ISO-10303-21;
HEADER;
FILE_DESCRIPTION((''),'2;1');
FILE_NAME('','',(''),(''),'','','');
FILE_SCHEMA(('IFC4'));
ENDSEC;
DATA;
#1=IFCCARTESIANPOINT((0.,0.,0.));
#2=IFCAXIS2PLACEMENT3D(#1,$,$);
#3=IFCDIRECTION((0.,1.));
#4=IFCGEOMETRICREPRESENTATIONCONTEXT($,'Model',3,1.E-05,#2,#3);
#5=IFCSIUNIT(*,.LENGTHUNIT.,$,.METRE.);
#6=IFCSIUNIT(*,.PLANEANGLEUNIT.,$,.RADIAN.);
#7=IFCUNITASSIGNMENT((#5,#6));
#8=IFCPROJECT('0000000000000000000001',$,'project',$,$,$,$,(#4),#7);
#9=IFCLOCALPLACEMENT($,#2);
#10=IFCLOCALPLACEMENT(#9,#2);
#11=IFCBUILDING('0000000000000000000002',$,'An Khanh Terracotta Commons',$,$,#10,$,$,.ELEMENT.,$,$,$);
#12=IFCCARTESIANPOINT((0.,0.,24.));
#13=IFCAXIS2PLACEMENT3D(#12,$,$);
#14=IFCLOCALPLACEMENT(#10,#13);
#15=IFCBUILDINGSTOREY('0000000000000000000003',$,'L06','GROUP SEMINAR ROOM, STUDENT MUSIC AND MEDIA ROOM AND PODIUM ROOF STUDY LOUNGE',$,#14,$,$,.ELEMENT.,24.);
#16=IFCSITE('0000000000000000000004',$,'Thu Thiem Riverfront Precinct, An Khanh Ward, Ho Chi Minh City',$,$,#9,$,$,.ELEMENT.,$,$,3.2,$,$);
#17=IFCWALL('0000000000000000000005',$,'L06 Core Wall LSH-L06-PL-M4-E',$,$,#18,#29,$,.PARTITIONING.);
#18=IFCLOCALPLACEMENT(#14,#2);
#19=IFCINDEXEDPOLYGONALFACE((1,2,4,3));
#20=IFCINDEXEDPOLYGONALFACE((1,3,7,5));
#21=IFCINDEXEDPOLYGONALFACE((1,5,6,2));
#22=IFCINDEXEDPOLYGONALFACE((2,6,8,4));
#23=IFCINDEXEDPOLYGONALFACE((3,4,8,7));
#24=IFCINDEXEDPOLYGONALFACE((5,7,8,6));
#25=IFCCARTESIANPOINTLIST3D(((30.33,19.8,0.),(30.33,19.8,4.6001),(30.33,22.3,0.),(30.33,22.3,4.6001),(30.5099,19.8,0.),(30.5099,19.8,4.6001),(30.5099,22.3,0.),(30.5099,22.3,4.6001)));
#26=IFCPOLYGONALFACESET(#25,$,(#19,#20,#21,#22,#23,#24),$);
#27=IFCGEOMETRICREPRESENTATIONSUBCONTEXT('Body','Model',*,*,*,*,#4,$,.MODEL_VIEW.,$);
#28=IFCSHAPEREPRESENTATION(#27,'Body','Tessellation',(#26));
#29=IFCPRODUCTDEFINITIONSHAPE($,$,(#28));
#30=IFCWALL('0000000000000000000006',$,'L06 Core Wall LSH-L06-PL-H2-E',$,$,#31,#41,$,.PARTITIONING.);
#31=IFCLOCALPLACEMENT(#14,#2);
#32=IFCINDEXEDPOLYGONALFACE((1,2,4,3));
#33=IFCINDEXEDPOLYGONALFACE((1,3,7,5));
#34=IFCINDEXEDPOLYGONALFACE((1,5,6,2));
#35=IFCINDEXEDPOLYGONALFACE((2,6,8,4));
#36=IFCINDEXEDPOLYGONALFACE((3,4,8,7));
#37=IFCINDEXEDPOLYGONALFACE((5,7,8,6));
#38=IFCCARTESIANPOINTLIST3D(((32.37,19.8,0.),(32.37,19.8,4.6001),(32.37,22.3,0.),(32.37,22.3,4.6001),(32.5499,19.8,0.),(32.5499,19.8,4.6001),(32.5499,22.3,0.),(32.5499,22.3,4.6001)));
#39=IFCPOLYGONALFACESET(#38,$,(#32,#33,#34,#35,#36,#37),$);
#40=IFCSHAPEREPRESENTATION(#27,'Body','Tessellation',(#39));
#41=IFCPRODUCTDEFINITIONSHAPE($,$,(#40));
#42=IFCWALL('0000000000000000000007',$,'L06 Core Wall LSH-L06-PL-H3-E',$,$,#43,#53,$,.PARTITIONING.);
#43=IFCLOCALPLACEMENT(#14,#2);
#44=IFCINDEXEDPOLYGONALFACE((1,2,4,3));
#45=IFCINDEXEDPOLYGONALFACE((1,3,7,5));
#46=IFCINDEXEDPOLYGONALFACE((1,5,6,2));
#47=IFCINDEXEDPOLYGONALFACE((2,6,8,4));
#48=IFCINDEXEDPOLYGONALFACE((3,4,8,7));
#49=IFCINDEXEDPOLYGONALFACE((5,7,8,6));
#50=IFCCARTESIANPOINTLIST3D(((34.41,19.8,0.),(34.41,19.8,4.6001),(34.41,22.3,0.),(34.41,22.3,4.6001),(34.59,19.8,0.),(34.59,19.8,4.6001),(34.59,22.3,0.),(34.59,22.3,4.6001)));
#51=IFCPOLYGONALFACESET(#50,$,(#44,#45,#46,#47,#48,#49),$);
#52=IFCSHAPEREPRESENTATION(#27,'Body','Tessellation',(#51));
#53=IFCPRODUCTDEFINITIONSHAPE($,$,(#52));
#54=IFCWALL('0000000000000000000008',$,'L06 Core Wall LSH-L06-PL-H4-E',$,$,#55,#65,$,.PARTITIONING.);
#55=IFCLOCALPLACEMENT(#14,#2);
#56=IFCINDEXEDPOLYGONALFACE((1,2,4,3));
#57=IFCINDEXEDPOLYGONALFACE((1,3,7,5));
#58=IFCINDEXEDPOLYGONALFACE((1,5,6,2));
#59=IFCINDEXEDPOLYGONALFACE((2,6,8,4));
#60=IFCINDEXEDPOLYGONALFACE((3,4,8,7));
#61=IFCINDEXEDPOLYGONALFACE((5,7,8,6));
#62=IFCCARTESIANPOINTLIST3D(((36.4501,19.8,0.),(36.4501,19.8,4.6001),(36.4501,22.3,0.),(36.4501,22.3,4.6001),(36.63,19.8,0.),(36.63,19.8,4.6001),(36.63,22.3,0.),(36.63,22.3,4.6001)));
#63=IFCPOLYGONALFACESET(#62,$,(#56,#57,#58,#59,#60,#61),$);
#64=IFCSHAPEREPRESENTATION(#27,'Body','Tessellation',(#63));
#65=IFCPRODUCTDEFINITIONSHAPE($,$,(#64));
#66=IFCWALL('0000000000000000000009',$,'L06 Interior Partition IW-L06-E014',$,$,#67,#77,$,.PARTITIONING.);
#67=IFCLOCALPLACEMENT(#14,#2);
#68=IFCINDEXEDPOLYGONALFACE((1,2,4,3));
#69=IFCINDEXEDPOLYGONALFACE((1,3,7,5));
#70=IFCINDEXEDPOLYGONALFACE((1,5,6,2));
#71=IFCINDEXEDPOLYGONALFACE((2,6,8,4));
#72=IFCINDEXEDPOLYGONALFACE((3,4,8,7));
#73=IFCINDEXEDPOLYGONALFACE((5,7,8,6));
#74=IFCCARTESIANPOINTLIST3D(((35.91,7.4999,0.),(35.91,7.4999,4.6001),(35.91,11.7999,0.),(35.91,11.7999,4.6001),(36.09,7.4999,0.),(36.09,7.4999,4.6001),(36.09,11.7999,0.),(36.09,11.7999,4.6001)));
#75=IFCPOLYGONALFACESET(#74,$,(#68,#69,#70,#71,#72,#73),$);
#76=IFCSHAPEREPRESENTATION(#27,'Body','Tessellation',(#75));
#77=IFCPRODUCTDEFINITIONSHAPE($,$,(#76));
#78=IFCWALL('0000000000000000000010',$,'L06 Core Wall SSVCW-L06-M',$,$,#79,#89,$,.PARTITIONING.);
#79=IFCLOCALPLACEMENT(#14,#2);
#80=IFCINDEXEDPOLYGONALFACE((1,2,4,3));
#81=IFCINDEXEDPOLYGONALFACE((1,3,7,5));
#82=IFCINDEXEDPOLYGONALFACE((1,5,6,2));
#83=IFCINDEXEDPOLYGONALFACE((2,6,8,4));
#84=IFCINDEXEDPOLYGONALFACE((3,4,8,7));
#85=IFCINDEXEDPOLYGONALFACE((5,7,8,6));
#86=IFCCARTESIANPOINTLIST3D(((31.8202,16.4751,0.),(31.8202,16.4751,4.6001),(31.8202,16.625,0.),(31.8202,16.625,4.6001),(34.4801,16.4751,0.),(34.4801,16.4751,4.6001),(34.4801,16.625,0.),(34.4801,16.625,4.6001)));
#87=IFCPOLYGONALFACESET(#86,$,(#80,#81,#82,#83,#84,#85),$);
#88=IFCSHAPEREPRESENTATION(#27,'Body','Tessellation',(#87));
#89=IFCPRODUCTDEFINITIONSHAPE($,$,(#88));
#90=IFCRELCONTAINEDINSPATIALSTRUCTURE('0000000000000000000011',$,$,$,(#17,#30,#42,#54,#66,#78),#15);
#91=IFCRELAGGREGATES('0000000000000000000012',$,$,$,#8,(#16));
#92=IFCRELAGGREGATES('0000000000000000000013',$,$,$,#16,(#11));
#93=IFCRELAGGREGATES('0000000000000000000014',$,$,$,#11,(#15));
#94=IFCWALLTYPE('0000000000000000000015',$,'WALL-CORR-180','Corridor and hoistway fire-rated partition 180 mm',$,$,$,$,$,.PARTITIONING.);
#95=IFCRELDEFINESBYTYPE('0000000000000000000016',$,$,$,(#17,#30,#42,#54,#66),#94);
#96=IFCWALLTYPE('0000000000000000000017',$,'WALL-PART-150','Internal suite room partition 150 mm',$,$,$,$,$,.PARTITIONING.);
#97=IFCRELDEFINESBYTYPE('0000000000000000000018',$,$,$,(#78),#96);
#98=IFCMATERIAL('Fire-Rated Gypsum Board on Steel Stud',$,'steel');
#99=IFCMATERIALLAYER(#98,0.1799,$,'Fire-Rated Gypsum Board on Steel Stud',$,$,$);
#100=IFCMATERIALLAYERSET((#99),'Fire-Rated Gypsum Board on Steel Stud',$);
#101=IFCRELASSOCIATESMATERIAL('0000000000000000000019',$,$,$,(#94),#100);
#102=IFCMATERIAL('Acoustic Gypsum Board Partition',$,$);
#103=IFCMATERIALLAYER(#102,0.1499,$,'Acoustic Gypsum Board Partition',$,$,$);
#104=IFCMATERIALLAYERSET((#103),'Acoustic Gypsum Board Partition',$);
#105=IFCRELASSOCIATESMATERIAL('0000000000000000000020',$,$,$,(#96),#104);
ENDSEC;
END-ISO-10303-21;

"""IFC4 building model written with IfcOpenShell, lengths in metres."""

from ifc_helpers import new_model, si_unit, direction, frame, frame_2d, origin, place, context, subcontext, project, spatial, rectangle, extrude, material, layer, layer_set, type_object, element, save


model = new_model("IFC4")

# Units and contexts
model_context = context("Model", 3, precision=1e-05, world=origin(), true_north=direction((0.0, 1.0)))
body_context = subcontext(model_context, "Body", "Model", "MODEL_VIEW")
ifc_project = project(units=[si_unit("LENGTHUNIT", "METRE"), si_unit("PLANEANGLEUNIT", "RADIAN")], contexts=[model_context])

# Site, building, storey
site_placement = place(None, origin())
site = spatial("IfcSite", under=ifc_project, at=site_placement, Name="Thu Thiem Riverfront Precinct, An Khanh Ward, Ho Chi Minh City", CompositionType="ELEMENT", RefElevation=3.2)
building_placement = place(site_placement, origin())
building = spatial("IfcBuilding", under=site, at=building_placement, Name="An Khanh Terracotta Commons", CompositionType="ELEMENT")
storey_placement = place(building_placement, frame((0.0, 0.0, 24.0)))
storey = spatial("IfcBuildingStorey", under=building, at=storey_placement, Name="L06", Description="GROUP SEMINAR ROOM, STUDENT MUSIC AND MEDIA ROOM AND PODIUM ROOF STUDY LOUNGE", CompositionType="ELEMENT", Elevation=24.0)

# Shared definitions
ifc_material_1 = material(Name="Fire-Rated Gypsum Board on Steel Stud", Category="steel")
ifc_layer_1 = layer(ifc_material_1, 0.1799, Name="Fire-Rated Gypsum Board on Steel Stud")
ifc_layer_set_1 = layer_set([ifc_layer_1], Name="Fire-Rated Gypsum Board on Steel Stud")
wall_type_1 = type_object("IfcWallType", Name="WALL-CORR-180", Description="Corridor and hoistway fire-rated partition 180 mm", PredefinedType="PARTITIONING", material=ifc_layer_set_1)

# Walls
for number, where, z_axis, x_axis, name in (
    (1, (30.4199, 19.8, 0.0), (0.0, 0.0, 1.0), (0.0, 1.0, 0.0), "L06 Core Wall LSH-L06-PL-M4-E"),
    (2, (32.46, 19.8, 0.0), (0.0, 0.0, 1.0), (0.0, 1.0, 0.0), "L06 Core Wall LSH-L06-PL-H2-E"),
    (3, (34.5, 19.8, 0.0), (0.0, 0.0, 1.0), (0.0, 1.0, 0.0), "L06 Core Wall LSH-L06-PL-H3-E"),
    (4, (36.54, 19.8, 0.0), (0.0, 0.0, 1.0), (0.0, 1.0, 0.0), "L06 Core Wall LSH-L06-PL-H4-E"),
):
    element("IfcWall", number, at=place(storey_placement, frame(where, z_axis=z_axis, x_axis=x_axis)), inside=storey, type_object=wall_type_1, Name=name, PredefinedType="PARTITIONING", context=body_context, shape_type="SweptSolid", body=[
        extrude(rectangle(XDim=2.5, YDim=0.1799, at=frame_2d((1.25, 0.0))), origin(), (0.0, 0.0, 1.0), 4.6001),
    ])
wall_1_placement = place(storey_placement, frame((36.0, 7.5, 0.0), z_axis=(0.0, 0.0, 1.0), x_axis=(0.0, 1.0, 0.0)))
element("IfcWall", 5, at=wall_1_placement, inside=storey, type_object=wall_type_1, Name="L06 Interior Partition IW-L06-E014", PredefinedType="PARTITIONING", context=body_context, shape_type="SweptSolid", body=[
    extrude(rectangle(XDim=4.3, YDim=0.1799, at=frame_2d((2.1499, 0.0))), origin(), (0.0, 0.0, 1.0), 4.6001),
])
ifc_material_2 = material(Name="Acoustic Gypsum Board Partition")
ifc_layer_2 = layer(ifc_material_2, 0.1499, Name="Acoustic Gypsum Board Partition")
ifc_layer_set_2 = layer_set([ifc_layer_2], Name="Acoustic Gypsum Board Partition")
wall_type_2 = type_object("IfcWallType", Name="WALL-PART-150", Description="Internal suite room partition 150 mm", PredefinedType="PARTITIONING", material=ifc_layer_set_2)
wall_2_placement = place(storey_placement, frame((31.8201, 16.55, 0.0), z_axis=(0.0, 0.0, 1.0), x_axis=(1.0, 0.0, 0.0)))
element("IfcWall", 6, at=wall_2_placement, inside=storey, type_object=wall_type_2, Name="L06 Core Wall SSVCW-L06-M", PredefinedType="PARTITIONING", context=body_context, shape_type="SweptSolid", body=[
    extrude(rectangle(XDim=2.6599, YDim=0.1499, at=frame_2d((1.3301, 0.0))), origin(), (0.0, 0.0, 1.0), 4.6001),
])

save(model, "model.ifc")
